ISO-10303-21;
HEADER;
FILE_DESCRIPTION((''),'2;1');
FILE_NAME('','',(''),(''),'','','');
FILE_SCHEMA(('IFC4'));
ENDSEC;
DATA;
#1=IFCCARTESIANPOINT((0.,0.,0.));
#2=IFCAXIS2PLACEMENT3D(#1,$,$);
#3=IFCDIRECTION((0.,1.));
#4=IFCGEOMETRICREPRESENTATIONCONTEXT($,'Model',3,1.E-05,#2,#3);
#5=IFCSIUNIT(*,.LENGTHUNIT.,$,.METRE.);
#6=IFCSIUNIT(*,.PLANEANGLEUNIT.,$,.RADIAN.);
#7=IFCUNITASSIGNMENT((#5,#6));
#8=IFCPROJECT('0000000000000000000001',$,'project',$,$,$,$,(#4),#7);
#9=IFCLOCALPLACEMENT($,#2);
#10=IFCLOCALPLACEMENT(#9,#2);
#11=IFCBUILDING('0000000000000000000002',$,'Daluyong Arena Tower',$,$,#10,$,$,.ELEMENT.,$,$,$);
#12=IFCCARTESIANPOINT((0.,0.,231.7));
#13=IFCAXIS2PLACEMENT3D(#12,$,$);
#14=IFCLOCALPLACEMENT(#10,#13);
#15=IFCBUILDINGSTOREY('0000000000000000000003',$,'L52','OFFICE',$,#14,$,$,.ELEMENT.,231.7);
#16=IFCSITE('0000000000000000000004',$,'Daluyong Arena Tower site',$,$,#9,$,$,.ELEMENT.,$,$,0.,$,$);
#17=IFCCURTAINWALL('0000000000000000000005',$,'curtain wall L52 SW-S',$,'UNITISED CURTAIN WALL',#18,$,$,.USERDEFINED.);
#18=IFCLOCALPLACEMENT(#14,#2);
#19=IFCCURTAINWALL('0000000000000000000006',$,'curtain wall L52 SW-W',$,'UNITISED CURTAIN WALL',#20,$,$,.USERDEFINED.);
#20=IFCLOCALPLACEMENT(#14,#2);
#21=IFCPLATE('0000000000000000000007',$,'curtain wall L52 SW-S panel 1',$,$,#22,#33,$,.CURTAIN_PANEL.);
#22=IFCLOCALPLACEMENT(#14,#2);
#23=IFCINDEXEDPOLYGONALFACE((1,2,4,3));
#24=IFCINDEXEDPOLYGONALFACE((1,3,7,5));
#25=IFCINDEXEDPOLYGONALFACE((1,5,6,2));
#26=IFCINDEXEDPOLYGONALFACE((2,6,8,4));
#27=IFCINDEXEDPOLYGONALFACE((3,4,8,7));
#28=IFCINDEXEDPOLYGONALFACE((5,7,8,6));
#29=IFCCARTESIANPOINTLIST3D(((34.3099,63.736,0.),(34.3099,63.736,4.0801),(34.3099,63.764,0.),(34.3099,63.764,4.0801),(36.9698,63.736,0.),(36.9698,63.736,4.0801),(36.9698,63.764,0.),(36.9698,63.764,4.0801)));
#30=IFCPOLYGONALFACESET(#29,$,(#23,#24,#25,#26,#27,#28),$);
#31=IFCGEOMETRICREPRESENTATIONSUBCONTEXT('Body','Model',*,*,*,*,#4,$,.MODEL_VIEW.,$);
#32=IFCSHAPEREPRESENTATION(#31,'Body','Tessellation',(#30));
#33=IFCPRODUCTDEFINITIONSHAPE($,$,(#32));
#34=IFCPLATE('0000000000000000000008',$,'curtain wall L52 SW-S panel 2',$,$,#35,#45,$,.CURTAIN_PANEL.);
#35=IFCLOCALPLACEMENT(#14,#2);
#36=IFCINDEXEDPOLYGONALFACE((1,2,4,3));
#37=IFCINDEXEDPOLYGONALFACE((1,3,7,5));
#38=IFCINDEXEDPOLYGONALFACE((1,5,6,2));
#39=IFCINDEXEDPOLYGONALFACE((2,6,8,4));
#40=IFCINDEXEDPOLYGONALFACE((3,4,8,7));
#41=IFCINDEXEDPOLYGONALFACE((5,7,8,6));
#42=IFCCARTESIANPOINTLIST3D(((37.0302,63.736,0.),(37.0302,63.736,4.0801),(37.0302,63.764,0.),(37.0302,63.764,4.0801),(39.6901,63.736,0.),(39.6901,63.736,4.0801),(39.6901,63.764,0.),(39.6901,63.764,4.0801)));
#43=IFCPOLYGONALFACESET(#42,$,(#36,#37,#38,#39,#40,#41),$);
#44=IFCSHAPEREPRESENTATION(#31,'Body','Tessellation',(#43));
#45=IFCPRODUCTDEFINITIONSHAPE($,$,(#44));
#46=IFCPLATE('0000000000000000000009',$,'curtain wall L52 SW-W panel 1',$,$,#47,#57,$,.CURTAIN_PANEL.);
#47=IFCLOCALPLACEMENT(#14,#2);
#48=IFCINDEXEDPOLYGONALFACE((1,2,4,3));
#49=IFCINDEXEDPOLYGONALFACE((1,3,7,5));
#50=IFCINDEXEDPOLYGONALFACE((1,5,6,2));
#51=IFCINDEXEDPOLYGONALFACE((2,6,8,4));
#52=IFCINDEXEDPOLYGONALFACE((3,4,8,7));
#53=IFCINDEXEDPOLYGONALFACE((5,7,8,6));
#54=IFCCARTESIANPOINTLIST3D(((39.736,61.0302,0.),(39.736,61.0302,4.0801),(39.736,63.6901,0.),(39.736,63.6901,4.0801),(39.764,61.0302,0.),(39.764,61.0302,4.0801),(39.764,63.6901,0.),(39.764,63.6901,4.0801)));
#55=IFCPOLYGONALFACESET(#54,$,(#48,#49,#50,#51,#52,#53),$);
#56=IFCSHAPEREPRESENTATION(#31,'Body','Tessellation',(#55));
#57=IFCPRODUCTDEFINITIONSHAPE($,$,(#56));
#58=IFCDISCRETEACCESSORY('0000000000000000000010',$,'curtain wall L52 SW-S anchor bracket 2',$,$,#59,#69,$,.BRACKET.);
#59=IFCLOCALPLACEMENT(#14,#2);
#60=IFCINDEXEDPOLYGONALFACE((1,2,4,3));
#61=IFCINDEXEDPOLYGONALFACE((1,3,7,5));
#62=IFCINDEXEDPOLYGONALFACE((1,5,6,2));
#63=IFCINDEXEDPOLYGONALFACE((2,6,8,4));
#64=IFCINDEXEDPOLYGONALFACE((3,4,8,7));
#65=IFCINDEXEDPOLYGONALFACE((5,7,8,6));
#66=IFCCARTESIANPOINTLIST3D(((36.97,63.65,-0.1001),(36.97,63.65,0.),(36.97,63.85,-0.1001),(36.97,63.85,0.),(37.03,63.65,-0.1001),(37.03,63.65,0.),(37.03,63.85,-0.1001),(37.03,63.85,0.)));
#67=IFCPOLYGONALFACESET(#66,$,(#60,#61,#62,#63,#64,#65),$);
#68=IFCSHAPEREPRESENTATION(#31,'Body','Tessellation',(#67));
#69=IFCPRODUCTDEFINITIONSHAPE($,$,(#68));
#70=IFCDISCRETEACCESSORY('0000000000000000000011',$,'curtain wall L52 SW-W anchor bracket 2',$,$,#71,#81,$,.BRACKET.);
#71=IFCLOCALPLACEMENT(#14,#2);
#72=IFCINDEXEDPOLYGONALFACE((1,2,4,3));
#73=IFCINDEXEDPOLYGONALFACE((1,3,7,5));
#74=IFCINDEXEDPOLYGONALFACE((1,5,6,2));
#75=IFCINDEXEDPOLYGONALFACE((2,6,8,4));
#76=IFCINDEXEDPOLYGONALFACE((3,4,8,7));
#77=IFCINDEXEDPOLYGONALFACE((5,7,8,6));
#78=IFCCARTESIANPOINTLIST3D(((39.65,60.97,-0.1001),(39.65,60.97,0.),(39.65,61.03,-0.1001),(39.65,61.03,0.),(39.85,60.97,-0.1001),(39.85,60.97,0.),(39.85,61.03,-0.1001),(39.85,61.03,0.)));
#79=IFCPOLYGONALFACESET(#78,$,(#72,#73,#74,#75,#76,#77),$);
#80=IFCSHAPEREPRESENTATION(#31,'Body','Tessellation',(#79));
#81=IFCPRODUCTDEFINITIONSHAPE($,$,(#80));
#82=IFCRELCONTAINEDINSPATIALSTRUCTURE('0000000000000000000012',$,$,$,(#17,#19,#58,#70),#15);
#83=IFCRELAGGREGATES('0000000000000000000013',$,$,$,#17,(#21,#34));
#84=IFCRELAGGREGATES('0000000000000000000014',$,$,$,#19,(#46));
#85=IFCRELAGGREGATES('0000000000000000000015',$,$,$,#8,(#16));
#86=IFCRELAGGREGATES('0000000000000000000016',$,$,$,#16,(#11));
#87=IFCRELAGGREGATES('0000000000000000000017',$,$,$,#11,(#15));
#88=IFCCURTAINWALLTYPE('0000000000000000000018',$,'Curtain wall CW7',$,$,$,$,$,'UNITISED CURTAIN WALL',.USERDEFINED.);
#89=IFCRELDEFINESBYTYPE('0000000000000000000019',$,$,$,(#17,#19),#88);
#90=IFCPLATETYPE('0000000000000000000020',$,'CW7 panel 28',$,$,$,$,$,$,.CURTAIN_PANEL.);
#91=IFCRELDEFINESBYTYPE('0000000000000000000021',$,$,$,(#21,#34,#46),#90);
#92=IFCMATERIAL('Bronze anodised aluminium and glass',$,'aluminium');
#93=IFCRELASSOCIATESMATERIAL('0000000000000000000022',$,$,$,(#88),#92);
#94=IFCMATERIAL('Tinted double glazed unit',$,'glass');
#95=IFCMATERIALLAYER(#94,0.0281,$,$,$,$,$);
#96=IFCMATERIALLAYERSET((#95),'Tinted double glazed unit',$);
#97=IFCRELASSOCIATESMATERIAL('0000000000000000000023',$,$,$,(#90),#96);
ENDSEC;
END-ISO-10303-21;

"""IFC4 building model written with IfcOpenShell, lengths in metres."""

from ifc_helpers import new_model, si_unit, direction, frame, origin, origin_2d, place, context, subcontext, project, spatial, rectangle, extrude, material, layer, layer_set, type_object, element, aggregate, save


model = new_model("IFC4")

# Units and contexts
model_context = context("Model", 3, precision=1e-05, world=origin(), true_north=direction((0.0, 1.0)))
body_context = subcontext(model_context, "Body", "Model", "MODEL_VIEW")
ifc_project = project(units=[si_unit("LENGTHUNIT", "METRE"), si_unit("PLANEANGLEUNIT", "RADIAN")], contexts=[model_context])

# Site, building, storey
site_placement = place(None, origin())
site = spatial("IfcSite", under=ifc_project, at=site_placement, Name="Daluyong Arena Tower site", CompositionType="ELEMENT", RefElevation=0.0)
building_placement = place(site_placement, origin())
building = spatial("IfcBuilding", under=site, at=building_placement, Name="Daluyong Arena Tower", CompositionType="ELEMENT")
storey_placement = place(building_placement, frame((0.0, 0.0, 231.7)))
storey = spatial("IfcBuildingStorey", under=building, at=storey_placement, Name="L52", Description="OFFICE", CompositionType="ELEMENT", Elevation=231.7)

# Curtain walls
ifc_material_1 = material(Name="Bronze anodised aluminium and glass", Category="aluminium")
curtain_wall_type = type_object("IfcCurtainWallType", Name="Curtain wall CW7", ElementType="UNITISED CURTAIN WALL", PredefinedType="USERDEFINED", material=ifc_material_1)
curtain_wall_1_placement = place(storey_placement, origin())
curtain_wall_1 = element("IfcCurtainWall", 1, at=curtain_wall_1_placement, inside=storey, type_object=curtain_wall_type, Name="curtain wall L52 SW-S", ObjectType="UNITISED CURTAIN WALL", PredefinedType="USERDEFINED")
curtain_wall_2_placement = place(storey_placement, origin())
curtain_wall_2 = element("IfcCurtainWall", 2, at=curtain_wall_2_placement, inside=storey, type_object=curtain_wall_type, Name="curtain wall L52 SW-W", ObjectType="UNITISED CURTAIN WALL", PredefinedType="USERDEFINED")

# Plates
ifc_material_2 = material(Name="Tinted double glazed unit", Category="glass")
ifc_layer = layer(ifc_material_2, 0.0281)
ifc_layer_set = layer_set([ifc_layer], Name="Tinted double glazed unit")
plate_type = type_object("IfcPlateType", Name="CW7 panel 28", PredefinedType="CURTAIN_PANEL", material=ifc_layer_set)
plate_1_placement = place(storey_placement, frame((35.6399, 63.75, 0.0), z_axis=(0.0, 0.0, 1.0), x_axis=(1.0, 0.0, 0.0)))
plate_1 = element("IfcPlate", 3, at=plate_1_placement, type_object=plate_type, Name="curtain wall L52 SW-S panel 1", PredefinedType="CURTAIN_PANEL", context=body_context, shape_type="SweptSolid", body=[
    extrude(rectangle(XDim=2.6599, YDim=0.0281, at=origin_2d()), origin(), (0.0, 0.0, 1.0), 4.0801),
])
plate_2_placement = place(storey_placement, frame((38.3601, 63.75, 0.0), z_axis=(0.0, 0.0, 1.0), x_axis=(1.0, 0.0, 0.0)))
plate_2 = element("IfcPlate", 4, at=plate_2_placement, type_object=plate_type, Name="curtain wall L52 SW-S panel 2", PredefinedType="CURTAIN_PANEL", context=body_context, shape_type="SweptSolid", body=[
    extrude(rectangle(XDim=2.6599, YDim=0.0281, at=origin_2d()), origin(), (0.0, 0.0, 1.0), 4.0801),
])
aggregate(curtain_wall_1, [plate_1, plate_2])
plate_3_placement = place(storey_placement, frame((39.75, 62.3601, 0.0), z_axis=(0.0, 0.0, 1.0), x_axis=(0.0, -1.0, 0.0)))
plate_3 = element("IfcPlate", 5, at=plate_3_placement, type_object=plate_type, Name="curtain wall L52 SW-W panel 1", PredefinedType="CURTAIN_PANEL", context=body_context, shape_type="SweptSolid", body=[
    extrude(rectangle(XDim=2.6599, YDim=0.0281, at=origin_2d()), origin(), (0.0, 0.0, 1.0), 4.0801),
])
aggregate(curtain_wall_2, [plate_3])

# Discrete accessories
for number, where, z_axis, x_axis, name in (
    (6, (37.0, 63.75, -0.1001), (0.0, 0.0, 1.0), (1.0, 0.0, 0.0), "curtain wall L52 SW-S anchor bracket 2"),
    (7, (39.75, 61.0, -0.1001), (0.0, 0.0, 1.0), (0.0, -1.0, 0.0), "curtain wall L52 SW-W anchor bracket 2"),
):
    element("IfcDiscreteAccessory", number, at=place(storey_placement, frame(where, z_axis=z_axis, x_axis=x_axis)), inside=storey, Name=name, PredefinedType="BRACKET", context=body_context, shape_type="SweptSolid", body=[
        extrude(rectangle(XDim=0.0601, YDim=0.2, at=origin_2d()), origin(), (0.0, 0.0, 1.0), 0.1001),
    ])

save(model, "model.ifc")
